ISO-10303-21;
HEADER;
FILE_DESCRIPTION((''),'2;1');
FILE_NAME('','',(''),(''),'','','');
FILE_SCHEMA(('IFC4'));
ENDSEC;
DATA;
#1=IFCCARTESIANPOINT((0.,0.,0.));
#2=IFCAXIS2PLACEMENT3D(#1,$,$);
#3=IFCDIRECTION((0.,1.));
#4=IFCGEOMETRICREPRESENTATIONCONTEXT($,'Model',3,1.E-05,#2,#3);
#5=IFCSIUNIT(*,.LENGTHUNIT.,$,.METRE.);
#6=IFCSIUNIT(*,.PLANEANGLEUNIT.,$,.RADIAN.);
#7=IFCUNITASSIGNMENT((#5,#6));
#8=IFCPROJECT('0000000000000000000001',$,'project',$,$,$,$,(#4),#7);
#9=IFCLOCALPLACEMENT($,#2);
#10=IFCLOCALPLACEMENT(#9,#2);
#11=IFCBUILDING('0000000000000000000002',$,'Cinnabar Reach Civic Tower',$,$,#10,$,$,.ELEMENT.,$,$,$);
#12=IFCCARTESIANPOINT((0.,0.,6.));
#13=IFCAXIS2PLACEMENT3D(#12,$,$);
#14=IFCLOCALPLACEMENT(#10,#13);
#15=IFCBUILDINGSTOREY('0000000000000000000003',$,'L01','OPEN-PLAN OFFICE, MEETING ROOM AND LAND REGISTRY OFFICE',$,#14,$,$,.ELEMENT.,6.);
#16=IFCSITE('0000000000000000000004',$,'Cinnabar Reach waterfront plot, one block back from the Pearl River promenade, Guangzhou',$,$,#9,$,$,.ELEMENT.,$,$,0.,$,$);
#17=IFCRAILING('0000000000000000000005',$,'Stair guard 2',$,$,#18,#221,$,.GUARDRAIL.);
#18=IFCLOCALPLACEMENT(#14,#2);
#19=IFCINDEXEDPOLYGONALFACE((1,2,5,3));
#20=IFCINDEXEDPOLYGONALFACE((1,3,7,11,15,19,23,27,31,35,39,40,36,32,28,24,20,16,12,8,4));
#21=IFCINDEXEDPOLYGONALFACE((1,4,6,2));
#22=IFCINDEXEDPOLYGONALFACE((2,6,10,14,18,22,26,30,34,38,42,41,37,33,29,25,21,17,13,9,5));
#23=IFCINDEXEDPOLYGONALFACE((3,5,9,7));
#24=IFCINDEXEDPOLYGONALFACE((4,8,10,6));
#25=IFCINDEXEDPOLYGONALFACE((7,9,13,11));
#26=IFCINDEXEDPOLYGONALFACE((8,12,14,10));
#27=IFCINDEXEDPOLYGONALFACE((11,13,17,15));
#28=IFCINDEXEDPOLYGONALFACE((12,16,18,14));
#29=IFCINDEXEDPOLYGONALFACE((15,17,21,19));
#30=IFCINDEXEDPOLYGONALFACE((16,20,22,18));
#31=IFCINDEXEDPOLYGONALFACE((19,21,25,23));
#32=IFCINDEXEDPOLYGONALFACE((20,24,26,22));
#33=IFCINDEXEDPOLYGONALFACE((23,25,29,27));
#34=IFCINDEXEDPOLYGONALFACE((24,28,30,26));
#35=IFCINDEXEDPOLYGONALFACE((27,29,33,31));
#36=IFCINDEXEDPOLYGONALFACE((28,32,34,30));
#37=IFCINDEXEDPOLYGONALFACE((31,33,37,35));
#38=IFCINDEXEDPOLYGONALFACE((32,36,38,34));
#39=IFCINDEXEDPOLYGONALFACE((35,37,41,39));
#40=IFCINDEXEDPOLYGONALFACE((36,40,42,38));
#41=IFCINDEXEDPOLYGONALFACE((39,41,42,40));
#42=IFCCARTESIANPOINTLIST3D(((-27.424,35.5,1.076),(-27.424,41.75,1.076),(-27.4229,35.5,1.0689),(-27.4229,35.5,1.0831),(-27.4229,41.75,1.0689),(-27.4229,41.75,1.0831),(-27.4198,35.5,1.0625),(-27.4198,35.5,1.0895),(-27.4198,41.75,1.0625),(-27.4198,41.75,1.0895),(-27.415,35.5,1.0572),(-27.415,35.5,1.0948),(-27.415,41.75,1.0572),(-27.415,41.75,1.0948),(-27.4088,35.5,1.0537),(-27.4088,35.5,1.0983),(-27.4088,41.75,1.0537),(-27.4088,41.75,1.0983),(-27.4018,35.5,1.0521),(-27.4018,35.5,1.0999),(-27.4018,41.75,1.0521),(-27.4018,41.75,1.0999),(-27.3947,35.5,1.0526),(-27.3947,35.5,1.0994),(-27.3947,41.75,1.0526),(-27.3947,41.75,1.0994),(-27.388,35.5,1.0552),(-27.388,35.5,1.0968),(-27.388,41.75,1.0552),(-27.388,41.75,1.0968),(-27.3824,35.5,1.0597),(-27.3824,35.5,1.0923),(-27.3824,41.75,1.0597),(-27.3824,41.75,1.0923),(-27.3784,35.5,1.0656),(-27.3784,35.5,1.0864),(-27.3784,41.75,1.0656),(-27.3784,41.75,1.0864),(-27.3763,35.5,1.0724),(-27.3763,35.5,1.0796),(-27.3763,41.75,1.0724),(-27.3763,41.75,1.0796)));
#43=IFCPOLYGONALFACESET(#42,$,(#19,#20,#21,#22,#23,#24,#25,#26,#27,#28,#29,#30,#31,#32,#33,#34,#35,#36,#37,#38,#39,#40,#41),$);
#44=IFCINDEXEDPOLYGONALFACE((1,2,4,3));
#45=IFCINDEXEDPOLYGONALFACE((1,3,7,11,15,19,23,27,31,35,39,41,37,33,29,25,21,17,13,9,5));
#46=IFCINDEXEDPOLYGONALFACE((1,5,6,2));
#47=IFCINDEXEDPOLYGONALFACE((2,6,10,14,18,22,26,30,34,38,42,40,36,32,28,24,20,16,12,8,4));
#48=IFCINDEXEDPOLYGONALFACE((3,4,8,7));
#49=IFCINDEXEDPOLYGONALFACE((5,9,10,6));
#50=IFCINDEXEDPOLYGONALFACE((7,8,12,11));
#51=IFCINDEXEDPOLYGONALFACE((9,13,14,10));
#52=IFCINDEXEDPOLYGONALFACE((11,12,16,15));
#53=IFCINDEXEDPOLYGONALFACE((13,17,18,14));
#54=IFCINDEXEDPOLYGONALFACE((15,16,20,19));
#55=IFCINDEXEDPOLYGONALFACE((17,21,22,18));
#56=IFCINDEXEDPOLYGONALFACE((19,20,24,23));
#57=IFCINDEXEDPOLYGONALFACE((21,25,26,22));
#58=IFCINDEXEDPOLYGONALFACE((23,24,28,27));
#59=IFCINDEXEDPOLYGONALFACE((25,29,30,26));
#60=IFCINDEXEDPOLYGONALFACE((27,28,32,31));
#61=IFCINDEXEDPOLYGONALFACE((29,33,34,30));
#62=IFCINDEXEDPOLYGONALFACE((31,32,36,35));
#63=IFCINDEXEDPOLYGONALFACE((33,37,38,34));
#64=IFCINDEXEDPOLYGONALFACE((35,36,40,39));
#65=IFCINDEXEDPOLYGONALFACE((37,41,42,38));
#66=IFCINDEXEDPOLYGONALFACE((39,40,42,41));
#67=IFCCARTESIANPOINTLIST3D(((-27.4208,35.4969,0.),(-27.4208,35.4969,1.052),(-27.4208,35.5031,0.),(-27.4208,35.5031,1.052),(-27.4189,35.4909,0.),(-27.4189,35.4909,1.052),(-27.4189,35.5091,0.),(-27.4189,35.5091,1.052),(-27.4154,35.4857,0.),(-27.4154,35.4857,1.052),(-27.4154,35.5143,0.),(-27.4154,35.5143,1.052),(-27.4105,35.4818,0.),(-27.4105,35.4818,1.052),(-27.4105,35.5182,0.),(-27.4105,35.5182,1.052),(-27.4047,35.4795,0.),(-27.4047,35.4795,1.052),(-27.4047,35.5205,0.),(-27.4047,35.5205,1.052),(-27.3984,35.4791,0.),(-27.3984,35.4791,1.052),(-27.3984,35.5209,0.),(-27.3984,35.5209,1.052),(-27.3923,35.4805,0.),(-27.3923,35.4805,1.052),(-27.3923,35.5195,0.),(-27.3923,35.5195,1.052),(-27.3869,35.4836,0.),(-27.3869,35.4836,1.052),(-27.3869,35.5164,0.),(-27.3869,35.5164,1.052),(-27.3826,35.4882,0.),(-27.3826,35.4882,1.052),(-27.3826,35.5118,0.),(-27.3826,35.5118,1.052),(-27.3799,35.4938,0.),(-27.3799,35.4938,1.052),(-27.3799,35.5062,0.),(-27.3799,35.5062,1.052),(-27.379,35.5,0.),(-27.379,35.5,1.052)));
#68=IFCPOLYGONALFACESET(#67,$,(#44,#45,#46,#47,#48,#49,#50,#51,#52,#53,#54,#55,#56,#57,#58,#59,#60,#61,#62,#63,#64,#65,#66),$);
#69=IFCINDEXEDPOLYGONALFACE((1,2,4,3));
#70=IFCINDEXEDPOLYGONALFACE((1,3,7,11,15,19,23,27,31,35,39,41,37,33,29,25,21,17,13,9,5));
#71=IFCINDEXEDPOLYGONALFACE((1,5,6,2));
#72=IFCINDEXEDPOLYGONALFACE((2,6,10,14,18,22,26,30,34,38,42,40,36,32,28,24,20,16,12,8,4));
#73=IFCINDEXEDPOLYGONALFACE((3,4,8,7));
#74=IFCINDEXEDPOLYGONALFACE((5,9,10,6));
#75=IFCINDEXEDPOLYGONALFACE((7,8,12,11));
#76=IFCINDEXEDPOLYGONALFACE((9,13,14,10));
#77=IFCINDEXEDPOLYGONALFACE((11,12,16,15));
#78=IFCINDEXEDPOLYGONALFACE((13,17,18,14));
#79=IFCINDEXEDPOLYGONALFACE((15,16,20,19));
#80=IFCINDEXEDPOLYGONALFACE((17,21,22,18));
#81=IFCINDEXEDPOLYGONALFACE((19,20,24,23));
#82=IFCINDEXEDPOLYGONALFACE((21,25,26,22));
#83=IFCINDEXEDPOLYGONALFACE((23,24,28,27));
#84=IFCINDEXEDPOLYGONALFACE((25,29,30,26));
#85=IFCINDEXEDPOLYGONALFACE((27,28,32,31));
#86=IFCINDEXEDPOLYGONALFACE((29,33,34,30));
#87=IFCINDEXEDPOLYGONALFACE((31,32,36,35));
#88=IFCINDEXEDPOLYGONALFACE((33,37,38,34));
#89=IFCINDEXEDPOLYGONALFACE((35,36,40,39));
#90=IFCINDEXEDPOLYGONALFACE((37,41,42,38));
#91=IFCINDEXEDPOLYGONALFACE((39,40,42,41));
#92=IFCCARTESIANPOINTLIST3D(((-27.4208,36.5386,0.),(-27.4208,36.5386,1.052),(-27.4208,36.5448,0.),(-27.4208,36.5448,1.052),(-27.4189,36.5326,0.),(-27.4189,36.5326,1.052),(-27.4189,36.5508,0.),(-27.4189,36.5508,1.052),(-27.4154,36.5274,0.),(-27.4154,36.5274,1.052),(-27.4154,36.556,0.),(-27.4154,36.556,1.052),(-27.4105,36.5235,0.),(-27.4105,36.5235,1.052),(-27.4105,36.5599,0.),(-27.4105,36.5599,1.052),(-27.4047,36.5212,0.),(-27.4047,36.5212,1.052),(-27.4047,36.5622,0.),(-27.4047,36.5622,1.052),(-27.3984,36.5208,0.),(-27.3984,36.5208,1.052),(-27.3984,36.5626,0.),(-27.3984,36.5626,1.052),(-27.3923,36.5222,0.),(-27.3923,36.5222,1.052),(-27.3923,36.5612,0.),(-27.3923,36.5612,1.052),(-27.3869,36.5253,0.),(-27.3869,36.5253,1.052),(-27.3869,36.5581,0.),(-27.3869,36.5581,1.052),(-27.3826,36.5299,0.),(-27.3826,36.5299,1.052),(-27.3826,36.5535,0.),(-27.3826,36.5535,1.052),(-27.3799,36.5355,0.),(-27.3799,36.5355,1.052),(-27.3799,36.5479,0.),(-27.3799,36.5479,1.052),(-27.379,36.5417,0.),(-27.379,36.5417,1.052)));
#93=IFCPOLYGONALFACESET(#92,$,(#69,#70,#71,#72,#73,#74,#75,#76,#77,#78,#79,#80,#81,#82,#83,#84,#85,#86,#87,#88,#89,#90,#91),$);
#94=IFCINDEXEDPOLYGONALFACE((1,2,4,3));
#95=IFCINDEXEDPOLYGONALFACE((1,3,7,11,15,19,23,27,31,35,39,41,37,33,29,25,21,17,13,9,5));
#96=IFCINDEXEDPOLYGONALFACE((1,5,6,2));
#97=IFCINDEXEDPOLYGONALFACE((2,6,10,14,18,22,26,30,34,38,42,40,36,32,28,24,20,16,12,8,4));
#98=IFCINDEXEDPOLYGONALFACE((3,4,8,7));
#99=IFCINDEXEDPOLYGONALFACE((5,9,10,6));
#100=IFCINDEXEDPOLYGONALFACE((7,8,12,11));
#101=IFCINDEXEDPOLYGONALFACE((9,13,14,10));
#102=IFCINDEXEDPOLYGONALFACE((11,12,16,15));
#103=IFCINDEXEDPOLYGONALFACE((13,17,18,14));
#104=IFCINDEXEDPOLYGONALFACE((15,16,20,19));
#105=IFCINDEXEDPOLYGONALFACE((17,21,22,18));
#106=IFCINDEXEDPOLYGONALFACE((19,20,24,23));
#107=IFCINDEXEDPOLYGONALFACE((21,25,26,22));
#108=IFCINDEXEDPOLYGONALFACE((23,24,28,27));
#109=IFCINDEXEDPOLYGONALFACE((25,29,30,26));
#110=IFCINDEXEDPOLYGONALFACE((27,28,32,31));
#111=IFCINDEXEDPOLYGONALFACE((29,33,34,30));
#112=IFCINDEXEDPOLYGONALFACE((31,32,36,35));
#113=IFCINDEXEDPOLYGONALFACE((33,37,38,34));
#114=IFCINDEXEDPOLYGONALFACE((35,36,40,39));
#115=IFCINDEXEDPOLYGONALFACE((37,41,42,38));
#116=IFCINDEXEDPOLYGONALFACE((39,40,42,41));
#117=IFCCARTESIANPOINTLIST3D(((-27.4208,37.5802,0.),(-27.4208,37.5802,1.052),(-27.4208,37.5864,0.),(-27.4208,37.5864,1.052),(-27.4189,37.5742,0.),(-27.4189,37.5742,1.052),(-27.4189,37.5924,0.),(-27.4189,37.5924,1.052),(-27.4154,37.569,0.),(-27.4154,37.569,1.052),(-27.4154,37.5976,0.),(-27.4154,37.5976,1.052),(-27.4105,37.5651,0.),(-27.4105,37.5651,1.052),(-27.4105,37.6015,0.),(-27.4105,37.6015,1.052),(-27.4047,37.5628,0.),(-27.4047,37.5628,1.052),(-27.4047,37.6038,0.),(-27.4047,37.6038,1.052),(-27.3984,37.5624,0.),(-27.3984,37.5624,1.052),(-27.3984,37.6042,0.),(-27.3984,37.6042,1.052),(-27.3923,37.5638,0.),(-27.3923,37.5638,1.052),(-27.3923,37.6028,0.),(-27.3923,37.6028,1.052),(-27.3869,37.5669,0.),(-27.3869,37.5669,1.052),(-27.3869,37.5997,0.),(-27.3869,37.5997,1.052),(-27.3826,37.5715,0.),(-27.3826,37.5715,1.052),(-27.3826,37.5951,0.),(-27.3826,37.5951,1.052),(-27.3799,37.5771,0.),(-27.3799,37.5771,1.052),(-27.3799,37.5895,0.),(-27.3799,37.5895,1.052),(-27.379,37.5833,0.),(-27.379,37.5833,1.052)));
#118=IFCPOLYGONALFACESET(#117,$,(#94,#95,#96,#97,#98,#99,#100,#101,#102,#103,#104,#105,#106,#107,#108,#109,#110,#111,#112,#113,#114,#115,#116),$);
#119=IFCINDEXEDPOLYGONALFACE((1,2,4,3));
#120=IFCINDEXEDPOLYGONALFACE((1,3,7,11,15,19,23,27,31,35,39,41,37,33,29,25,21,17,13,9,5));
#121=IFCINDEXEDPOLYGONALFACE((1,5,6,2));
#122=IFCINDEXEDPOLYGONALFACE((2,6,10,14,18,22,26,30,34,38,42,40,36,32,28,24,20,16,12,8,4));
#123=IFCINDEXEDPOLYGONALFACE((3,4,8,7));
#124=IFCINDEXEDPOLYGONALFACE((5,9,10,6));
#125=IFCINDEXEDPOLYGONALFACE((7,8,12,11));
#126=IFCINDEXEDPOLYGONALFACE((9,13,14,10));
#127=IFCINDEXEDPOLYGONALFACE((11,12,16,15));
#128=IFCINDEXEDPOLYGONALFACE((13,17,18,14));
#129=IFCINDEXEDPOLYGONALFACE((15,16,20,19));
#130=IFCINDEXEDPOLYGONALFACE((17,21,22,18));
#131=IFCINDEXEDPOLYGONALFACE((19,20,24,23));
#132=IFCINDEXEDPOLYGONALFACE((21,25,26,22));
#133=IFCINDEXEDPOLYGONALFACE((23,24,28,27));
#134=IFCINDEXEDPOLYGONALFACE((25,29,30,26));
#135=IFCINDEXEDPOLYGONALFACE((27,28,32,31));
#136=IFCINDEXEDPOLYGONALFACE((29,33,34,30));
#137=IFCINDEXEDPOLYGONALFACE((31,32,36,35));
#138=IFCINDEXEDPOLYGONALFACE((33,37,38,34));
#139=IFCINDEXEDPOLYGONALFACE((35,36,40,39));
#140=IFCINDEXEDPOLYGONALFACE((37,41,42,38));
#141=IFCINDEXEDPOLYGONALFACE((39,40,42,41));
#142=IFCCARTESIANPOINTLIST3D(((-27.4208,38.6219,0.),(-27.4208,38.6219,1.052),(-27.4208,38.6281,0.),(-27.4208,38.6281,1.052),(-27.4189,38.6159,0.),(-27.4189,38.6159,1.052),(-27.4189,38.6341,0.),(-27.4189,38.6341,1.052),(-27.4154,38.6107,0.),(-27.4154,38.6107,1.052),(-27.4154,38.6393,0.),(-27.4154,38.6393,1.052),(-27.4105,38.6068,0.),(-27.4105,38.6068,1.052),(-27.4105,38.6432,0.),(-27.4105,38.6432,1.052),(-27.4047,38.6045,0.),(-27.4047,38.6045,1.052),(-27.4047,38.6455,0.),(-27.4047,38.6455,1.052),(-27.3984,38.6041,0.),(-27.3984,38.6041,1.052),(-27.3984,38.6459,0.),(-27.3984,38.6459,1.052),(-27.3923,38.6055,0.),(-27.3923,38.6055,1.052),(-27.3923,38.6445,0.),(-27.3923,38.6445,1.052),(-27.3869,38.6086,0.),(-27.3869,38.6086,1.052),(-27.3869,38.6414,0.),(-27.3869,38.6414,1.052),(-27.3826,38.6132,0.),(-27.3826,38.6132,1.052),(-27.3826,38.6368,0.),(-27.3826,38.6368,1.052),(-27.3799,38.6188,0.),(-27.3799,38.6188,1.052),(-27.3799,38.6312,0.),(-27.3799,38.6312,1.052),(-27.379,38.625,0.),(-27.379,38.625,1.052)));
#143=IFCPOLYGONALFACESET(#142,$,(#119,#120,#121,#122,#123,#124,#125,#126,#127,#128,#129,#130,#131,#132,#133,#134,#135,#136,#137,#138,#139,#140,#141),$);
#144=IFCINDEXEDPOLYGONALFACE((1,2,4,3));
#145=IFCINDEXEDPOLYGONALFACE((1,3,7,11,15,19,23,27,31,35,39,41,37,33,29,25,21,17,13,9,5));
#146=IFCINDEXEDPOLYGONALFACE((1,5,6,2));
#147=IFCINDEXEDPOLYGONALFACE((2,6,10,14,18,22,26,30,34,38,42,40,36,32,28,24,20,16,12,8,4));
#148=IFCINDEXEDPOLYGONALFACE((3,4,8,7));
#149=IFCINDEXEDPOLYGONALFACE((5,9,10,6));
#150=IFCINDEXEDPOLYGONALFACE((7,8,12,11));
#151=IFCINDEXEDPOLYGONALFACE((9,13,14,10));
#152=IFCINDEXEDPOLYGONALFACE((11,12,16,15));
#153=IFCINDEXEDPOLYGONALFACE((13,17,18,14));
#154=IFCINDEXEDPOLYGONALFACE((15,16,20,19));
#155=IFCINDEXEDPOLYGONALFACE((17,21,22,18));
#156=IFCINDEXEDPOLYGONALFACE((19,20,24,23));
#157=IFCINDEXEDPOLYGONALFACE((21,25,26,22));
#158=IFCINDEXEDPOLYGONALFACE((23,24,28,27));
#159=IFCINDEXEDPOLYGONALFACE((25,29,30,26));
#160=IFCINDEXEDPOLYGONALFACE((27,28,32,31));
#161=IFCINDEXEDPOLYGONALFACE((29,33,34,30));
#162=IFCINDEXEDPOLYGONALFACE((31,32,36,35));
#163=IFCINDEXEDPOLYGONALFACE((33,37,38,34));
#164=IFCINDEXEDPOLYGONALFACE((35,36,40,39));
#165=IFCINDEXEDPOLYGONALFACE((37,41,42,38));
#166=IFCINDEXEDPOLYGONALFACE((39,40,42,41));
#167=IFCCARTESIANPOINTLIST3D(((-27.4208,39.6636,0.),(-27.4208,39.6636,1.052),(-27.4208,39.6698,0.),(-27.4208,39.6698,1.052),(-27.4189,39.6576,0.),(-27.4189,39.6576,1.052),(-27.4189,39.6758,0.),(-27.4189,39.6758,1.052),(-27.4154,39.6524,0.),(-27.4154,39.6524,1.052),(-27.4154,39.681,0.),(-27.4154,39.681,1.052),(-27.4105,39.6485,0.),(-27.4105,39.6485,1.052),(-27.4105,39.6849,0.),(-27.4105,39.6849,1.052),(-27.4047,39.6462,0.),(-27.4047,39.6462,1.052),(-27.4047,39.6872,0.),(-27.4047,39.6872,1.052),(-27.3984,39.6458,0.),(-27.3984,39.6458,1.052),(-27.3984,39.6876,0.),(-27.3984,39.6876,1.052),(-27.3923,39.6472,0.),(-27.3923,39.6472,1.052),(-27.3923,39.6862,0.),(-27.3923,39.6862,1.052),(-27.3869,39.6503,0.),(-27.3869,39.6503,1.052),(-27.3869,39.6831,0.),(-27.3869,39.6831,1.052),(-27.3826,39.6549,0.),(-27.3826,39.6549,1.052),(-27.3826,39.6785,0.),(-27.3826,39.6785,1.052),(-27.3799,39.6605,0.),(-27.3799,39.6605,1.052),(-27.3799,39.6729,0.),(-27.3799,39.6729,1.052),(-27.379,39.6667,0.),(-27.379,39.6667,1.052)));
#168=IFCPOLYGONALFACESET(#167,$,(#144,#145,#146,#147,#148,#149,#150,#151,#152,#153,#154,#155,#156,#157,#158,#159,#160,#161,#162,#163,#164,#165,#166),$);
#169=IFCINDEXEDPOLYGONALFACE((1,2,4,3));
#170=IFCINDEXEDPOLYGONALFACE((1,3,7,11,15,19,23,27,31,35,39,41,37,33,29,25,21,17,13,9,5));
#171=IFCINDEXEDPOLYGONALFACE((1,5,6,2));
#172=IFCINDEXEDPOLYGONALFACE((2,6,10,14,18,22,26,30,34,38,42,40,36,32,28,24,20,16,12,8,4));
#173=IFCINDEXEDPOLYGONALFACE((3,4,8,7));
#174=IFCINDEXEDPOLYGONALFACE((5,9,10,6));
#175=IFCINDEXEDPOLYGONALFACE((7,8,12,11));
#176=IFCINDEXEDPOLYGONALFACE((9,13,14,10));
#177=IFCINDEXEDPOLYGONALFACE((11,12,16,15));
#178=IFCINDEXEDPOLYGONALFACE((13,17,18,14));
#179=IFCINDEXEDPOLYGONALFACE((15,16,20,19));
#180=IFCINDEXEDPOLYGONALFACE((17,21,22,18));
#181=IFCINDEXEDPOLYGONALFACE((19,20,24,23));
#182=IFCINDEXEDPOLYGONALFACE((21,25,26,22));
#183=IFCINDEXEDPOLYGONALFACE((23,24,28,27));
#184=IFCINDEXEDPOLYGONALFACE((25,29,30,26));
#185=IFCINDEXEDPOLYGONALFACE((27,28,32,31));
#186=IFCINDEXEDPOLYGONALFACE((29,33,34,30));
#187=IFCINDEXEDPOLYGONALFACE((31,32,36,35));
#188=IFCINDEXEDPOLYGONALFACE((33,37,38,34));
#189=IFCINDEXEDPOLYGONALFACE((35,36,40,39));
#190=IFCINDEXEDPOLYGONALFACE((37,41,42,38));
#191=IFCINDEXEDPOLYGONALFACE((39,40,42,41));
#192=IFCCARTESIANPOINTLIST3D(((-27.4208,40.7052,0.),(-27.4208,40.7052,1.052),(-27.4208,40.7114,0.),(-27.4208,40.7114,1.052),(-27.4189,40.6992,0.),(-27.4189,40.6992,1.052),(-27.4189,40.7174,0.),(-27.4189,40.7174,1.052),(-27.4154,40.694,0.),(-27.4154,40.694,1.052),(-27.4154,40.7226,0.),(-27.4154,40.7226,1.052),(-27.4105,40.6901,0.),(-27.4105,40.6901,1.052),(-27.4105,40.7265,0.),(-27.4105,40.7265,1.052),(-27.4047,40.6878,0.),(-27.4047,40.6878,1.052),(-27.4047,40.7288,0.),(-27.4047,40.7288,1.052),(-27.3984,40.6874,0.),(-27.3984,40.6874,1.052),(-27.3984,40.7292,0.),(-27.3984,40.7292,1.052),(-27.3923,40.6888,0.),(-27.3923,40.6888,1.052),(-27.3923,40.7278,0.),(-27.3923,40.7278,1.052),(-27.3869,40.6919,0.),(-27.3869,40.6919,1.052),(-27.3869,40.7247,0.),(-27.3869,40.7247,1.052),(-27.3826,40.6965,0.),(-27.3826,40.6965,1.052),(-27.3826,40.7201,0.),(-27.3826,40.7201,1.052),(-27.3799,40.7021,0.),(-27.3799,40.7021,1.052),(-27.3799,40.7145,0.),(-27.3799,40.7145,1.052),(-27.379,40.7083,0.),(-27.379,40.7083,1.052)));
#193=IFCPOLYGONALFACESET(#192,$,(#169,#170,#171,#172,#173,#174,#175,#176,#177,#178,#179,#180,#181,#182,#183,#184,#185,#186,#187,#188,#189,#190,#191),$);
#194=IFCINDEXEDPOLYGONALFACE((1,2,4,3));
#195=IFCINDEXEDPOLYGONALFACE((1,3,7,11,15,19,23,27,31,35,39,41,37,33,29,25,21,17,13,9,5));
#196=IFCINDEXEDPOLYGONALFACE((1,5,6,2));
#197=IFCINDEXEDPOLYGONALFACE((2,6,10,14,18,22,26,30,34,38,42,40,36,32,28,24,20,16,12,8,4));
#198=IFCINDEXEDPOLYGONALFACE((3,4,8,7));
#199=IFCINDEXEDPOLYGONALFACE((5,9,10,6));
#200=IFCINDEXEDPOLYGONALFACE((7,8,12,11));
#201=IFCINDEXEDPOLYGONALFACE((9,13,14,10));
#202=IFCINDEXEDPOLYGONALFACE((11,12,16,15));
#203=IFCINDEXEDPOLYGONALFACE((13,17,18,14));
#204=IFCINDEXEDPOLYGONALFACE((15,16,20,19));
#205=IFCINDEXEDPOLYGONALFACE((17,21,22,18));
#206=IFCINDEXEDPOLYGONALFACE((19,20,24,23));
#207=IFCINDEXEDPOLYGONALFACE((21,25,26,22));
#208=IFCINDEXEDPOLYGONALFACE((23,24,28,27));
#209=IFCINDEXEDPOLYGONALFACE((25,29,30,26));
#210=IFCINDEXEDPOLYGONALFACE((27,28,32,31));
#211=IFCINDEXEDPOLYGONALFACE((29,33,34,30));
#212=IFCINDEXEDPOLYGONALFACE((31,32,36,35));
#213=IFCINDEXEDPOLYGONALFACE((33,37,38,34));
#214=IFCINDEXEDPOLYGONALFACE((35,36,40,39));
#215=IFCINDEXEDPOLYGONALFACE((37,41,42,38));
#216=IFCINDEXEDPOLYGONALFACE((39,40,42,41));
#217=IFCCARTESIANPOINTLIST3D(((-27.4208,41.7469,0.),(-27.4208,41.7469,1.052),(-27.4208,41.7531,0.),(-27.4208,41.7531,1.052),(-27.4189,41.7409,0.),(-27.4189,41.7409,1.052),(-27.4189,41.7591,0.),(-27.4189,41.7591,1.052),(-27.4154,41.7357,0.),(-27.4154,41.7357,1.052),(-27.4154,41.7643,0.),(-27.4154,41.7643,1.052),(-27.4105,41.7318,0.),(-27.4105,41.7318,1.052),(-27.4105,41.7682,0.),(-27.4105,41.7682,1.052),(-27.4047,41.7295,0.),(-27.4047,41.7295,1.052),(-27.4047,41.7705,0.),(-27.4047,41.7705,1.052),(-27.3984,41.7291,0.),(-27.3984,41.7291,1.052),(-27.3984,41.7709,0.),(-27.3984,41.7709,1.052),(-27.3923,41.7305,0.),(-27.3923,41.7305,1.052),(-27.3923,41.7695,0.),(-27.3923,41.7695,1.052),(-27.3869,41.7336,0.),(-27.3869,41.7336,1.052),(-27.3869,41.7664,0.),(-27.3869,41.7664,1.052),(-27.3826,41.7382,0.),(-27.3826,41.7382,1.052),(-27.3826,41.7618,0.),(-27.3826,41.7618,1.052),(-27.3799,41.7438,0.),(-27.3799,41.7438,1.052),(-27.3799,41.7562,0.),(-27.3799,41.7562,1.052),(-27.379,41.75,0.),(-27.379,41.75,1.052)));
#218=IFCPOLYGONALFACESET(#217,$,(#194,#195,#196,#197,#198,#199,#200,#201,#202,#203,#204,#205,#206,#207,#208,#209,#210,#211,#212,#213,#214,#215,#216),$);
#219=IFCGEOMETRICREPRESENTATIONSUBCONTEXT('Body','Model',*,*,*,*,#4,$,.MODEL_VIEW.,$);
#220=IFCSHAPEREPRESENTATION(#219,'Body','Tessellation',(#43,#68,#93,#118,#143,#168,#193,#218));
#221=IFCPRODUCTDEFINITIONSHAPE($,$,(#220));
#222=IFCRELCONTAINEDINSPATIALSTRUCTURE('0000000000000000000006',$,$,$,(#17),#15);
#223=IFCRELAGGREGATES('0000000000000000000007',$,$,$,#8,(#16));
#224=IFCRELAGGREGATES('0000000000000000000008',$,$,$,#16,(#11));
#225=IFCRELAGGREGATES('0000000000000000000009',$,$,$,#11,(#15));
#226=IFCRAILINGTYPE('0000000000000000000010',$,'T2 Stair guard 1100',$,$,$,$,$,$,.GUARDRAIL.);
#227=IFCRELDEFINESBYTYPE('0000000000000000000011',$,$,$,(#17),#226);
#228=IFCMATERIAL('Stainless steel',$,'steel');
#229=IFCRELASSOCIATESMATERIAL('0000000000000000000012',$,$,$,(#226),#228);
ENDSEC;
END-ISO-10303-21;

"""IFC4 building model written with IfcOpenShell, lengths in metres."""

from ifc_helpers import new_model, si_unit, direction, frame, origin, origin_2d, place, context, subcontext, project, spatial, circle, extrude, material, type_object, element, save


model = new_model("IFC4")

# Units and contexts
model_context = context("Model", 3, precision=1e-05, world=origin(), true_north=direction((0.0, 1.0)))
body_context = subcontext(model_context, "Body", "Model", "MODEL_VIEW")
ifc_project = project(units=[si_unit("LENGTHUNIT", "METRE"), si_unit("PLANEANGLEUNIT", "RADIAN")], contexts=[model_context])

# Site, building, storey
site_placement = place(None, origin())
site = spatial("IfcSite", under=ifc_project, at=site_placement, Name="Cinnabar Reach waterfront plot, one block back from the Pearl River promenade, Guangzhou", CompositionType="ELEMENT", RefElevation=0.0)
building_placement = place(site_placement, origin())
building = spatial("IfcBuilding", under=site, at=building_placement, Name="Cinnabar Reach Civic Tower", CompositionType="ELEMENT")
storey_placement = place(building_placement, frame((0.0, 0.0, 6.0)))
storey = spatial("IfcBuildingStorey", under=building, at=storey_placement, Name="L01", Description="OPEN-PLAN OFFICE, MEETING ROOM AND LAND REGISTRY OFFICE", CompositionType="ELEMENT", Elevation=6.0)

# Railing
ifc_material_1 = material(Name="Stainless steel", Category="steel")
railing_type = type_object("IfcRailingType", Name="T2 Stair guard 1100", PredefinedType="GUARDRAIL", material=ifc_material_1)
for number, where, name in (
    (1, (-27.4, 35.5, 0.0), "Stair guard 2"),
):
    element("IfcRailing", number, at=place(storey_placement, frame(where)), inside=storey, type_object=railing_type, Name=name, PredefinedType="GUARDRAIL", context=body_context, shape_type="SweptSolid", body=[
        extrude(circle(Radius=0.024, at=origin_2d()), frame((0.0, 0.0, 1.076), z_axis=(0.0, 1.0, 0.0), x_axis=(-1.0, 0.0, 0.0)), (0.0, 0.0, 1.0), 6.25),
        extrude(circle(Radius=0.021, at=origin_2d()), origin(), (0.0, 0.0, 1.0), 1.052),
        extrude(circle(Radius=0.021, at=origin_2d()), frame((0.0, 1.0417, 0.0)), (0.0, 0.0, 1.0), 1.052),
        extrude(circle(Radius=0.021, at=origin_2d()), frame((0.0, 2.0833, 0.0)), (0.0, 0.0, 1.0), 1.052),
        extrude(circle(Radius=0.021, at=origin_2d()), frame((0.0, 3.125, 0.0)), (0.0, 0.0, 1.0), 1.052),
        extrude(circle(Radius=0.021, at=origin_2d()), frame((0.0, 4.1667, 0.0)), (0.0, 0.0, 1.0), 1.052),
        extrude(circle(Radius=0.021, at=origin_2d()), frame((0.0, 5.2083, 0.0)), (0.0, 0.0, 1.0), 1.052),
        extrude(circle(Radius=0.021, at=origin_2d()), frame((0.0, 6.25, 0.0)), (0.0, 0.0, 1.0), 1.052),
    ])

save(model, "model.ifc")
